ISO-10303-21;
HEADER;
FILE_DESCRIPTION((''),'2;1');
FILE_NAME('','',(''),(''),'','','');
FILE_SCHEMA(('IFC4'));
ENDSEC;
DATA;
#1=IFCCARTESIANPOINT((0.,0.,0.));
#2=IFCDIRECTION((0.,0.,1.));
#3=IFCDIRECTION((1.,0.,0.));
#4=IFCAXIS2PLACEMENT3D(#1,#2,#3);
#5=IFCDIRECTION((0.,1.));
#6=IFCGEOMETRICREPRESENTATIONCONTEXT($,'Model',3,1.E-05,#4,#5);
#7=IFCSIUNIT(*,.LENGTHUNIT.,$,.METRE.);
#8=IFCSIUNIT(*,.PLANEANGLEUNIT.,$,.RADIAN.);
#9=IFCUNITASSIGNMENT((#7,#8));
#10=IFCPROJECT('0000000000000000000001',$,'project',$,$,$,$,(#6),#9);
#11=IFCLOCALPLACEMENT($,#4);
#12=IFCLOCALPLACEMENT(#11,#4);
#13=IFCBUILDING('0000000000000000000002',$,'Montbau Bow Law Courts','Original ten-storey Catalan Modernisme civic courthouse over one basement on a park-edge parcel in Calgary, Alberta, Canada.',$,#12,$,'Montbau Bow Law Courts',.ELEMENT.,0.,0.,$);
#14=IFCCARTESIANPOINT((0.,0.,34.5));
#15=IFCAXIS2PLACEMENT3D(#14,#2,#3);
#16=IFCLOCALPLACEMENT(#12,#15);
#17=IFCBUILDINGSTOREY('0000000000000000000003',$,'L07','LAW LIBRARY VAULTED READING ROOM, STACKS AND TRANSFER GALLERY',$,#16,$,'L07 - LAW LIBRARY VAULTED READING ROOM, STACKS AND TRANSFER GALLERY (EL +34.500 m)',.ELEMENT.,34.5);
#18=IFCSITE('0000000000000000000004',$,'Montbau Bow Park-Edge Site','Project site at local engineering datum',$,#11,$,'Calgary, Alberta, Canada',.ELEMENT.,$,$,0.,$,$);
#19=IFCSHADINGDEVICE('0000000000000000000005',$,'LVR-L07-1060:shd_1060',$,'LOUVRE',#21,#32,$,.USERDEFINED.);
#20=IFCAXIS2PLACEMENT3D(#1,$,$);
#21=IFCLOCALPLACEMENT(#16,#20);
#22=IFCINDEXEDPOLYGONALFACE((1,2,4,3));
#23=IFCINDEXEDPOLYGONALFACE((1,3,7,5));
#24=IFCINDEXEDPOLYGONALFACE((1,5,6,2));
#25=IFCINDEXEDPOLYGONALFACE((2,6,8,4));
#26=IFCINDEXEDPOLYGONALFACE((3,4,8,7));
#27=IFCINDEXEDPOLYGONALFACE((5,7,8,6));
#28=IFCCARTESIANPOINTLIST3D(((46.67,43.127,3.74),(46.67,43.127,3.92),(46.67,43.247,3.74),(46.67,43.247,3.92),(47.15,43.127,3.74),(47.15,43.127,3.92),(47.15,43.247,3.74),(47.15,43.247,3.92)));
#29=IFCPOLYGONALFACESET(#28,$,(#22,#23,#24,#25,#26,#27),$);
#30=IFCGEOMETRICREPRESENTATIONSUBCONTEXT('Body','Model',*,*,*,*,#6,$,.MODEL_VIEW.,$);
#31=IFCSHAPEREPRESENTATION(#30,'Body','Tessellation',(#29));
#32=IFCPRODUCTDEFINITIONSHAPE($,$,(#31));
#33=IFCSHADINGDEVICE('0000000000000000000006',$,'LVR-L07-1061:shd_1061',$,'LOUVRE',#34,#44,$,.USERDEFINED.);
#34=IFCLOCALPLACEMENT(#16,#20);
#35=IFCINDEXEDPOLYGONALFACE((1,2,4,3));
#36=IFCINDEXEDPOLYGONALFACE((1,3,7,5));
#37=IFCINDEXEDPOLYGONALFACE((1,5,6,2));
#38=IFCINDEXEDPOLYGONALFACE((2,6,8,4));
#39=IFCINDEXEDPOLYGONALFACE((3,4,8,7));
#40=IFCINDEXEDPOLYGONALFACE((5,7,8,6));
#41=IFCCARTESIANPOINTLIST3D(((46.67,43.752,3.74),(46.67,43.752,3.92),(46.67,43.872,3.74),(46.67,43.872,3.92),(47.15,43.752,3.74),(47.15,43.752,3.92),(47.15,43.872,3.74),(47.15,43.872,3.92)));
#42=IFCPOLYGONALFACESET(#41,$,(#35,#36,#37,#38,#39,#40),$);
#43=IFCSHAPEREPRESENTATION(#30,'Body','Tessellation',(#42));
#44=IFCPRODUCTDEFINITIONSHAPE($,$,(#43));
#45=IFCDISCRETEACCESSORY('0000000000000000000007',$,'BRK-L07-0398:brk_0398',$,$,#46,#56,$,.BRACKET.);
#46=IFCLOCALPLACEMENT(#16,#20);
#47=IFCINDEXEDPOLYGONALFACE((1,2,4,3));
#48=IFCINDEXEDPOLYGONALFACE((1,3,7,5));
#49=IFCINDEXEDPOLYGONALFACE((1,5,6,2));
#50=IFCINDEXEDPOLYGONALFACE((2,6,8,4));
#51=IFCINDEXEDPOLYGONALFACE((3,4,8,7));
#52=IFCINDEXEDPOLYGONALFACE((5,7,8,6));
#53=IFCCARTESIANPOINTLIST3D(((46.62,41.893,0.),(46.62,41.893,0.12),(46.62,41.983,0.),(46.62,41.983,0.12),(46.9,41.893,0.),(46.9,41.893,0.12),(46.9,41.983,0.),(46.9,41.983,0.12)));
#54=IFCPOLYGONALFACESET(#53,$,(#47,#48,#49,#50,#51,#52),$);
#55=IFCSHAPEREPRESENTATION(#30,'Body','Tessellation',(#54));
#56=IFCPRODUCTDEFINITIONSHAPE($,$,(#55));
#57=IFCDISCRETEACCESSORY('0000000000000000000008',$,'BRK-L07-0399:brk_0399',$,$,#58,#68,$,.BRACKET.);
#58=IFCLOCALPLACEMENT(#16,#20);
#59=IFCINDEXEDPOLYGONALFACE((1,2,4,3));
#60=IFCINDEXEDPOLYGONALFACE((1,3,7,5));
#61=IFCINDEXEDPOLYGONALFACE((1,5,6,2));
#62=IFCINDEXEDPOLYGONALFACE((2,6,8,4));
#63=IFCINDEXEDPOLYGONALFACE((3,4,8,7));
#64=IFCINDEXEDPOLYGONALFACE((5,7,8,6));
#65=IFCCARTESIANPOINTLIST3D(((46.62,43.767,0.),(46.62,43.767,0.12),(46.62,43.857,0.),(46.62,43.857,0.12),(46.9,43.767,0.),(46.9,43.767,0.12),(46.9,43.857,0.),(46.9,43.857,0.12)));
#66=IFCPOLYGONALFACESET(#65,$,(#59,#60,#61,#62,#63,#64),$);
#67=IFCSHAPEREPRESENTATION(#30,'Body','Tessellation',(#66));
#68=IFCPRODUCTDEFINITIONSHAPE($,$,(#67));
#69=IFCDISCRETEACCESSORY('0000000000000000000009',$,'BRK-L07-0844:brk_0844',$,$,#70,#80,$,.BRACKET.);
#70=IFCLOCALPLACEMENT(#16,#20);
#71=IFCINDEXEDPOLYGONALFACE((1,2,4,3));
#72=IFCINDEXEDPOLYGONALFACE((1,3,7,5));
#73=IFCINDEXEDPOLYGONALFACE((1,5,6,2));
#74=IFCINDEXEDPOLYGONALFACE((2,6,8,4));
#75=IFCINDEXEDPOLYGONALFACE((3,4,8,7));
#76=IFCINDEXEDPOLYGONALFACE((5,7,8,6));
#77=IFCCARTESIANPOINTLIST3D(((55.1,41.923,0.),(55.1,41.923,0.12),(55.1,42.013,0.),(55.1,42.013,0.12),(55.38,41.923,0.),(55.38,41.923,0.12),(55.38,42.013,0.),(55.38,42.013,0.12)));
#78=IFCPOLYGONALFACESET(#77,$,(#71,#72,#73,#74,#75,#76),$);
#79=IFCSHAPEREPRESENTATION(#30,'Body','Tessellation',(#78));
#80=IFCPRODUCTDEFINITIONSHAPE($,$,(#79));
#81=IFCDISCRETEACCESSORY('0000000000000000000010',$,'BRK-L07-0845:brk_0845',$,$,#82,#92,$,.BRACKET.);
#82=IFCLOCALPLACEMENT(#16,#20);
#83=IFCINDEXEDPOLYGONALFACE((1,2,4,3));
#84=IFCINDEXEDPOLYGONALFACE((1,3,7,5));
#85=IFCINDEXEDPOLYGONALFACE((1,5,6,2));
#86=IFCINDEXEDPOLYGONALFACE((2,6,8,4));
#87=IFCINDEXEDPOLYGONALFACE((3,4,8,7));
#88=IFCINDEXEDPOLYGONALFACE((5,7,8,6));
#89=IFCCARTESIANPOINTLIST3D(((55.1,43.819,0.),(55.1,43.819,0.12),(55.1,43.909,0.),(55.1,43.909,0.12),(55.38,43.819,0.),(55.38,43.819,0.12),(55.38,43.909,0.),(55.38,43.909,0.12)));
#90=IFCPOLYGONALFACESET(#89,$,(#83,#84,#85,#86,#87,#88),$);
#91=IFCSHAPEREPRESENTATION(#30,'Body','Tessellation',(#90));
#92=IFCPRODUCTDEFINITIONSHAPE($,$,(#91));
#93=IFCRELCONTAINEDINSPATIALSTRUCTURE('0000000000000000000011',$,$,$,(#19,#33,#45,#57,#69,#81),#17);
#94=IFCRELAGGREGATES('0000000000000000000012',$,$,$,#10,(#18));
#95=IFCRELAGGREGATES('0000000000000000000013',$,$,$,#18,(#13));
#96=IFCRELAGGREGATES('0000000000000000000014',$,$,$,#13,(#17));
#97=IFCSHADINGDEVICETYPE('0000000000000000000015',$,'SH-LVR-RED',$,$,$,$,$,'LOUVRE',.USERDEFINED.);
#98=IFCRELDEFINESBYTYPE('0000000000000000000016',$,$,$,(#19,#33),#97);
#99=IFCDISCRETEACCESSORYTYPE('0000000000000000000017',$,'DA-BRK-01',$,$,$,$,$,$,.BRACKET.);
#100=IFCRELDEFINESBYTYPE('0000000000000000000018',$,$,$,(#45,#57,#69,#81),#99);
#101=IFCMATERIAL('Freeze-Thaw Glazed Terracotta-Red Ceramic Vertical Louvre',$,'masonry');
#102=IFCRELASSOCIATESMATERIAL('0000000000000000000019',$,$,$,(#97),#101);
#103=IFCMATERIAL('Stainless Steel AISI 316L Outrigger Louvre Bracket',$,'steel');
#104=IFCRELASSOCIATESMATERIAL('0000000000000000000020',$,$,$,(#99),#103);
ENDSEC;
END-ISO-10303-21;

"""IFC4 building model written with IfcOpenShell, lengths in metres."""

from ifc_helpers import new_model, si_unit, direction, frame, origin_with_axes, origin_2d_with_axis, place, context, subcontext, project, spatial, rectangle, extrude, material, type_object, element, save


model = new_model("IFC4")

# Units and contexts
model_context = context("Model", 3, precision=1e-05, world=origin_with_axes(), true_north=direction((0.0, 1.0)))
body_context = subcontext(model_context, "Body", "Model", "MODEL_VIEW")
ifc_project = project(units=[si_unit("LENGTHUNIT", "METRE"), si_unit("PLANEANGLEUNIT", "RADIAN")], contexts=[model_context])

# Site, building, storey
site_placement = place(None, origin_with_axes())
site = spatial("IfcSite", under=ifc_project, at=site_placement, Name="Montbau Bow Park-Edge Site", Description="Project site at local engineering datum", LongName="Calgary, Alberta, Canada", CompositionType="ELEMENT", RefElevation=0.0)
building_placement = place(site_placement, origin_with_axes())
building = spatial("IfcBuilding", under=site, at=building_placement, Name="Montbau Bow Law Courts", Description="Original ten-storey Catalan Modernisme civic courthouse over one basement on a park-edge parcel in Calgary, Alberta, Canada.", LongName="Montbau Bow Law Courts", CompositionType="ELEMENT", ElevationOfRefHeight=0.0, ElevationOfTerrain=0.0)
storey_placement = place(building_placement, frame((0.0, 0.0, 34.5), z_axis=(0.0, 0.0, 1.0), x_axis=(1.0, 0.0, 0.0)))
storey = spatial("IfcBuildingStorey", under=building, at=storey_placement, Name="L07", Description="LAW LIBRARY VAULTED READING ROOM, STACKS AND TRANSFER GALLERY", LongName="L07 - LAW LIBRARY VAULTED READING ROOM, STACKS AND TRANSFER GALLERY (EL +34.500 m)", CompositionType="ELEMENT", Elevation=34.5)

# Shared definitions
ifc_material_1 = material(Name="Freeze-Thaw Glazed Terracotta-Red Ceramic Vertical Louvre", Category="masonry")

# Shading devices
shading_device_type_1 = type_object("IfcShadingDeviceType", Name="SH-LVR-RED", ElementType="LOUVRE", PredefinedType="USERDEFINED", material=ifc_material_1)
for number, where, z_axis, x_axis, name in (
    (1, (46.91, 43.187, 38.24), (0.0, 0.0, 1.0), (1.0, 0.0, 0.0), "LVR-L07-1060:shd_1060"),
    (2, (46.91, 43.812, 38.24), (0.0, 0.0, 1.0), (1.0, 0.0, 0.0), "LVR-L07-1061:shd_1061"),
):
    element("IfcShadingDevice", number, at=place(None, frame(where, z_axis=z_axis, x_axis=x_axis)), inside=storey, type_object=shading_device_type_1, Name=name, ObjectType="LOUVRE", PredefinedType="USERDEFINED", context=body_context, shape_type="SweptSolid", body=[
        extrude(rectangle(XDim=0.48, YDim=0.12, at=origin_2d_with_axis()), origin_with_axes(), (0.0, 0.0, 1.0), 0.18),
    ])

# Discrete accessories
ifc_material_2 = material(Name="Stainless Steel AISI 316L Outrigger Louvre Bracket", Category="steel")
discrete_accessory_type = type_object("IfcDiscreteAccessoryType", Name="DA-BRK-01", PredefinedType="BRACKET", material=ifc_material_2)
for number, where, z_axis, x_axis, name in (
    (3, (46.76, 41.938, 34.5), (0.0, 0.0, 1.0), (1.0, 0.0, 0.0), "BRK-L07-0398:brk_0398"),
    (4, (46.76, 43.812, 34.5), (0.0, 0.0, 1.0), (1.0, 0.0, 0.0), "BRK-L07-0399:brk_0399"),
    (5, (55.24, 41.968, 34.5), (0.0, 0.0, 1.0), (-1.0, 0.0, 0.0), "BRK-L07-0844:brk_0844"),
    (6, (55.24, 43.864, 34.5), (0.0, 0.0, 1.0), (-1.0, 0.0, 0.0), "BRK-L07-0845:brk_0845"),
):
    element("IfcDiscreteAccessory", number, at=place(None, frame(where, z_axis=z_axis, x_axis=x_axis)), inside=storey, type_object=discrete_accessory_type, Name=name, PredefinedType="BRACKET", context=body_context, shape_type="SweptSolid", body=[
        extrude(rectangle(XDim=0.28, YDim=0.09, at=origin_2d_with_axis()), origin_with_axes(), (0.0, 0.0, 1.0), 0.12),
    ])

save(model, "model.ifc")
